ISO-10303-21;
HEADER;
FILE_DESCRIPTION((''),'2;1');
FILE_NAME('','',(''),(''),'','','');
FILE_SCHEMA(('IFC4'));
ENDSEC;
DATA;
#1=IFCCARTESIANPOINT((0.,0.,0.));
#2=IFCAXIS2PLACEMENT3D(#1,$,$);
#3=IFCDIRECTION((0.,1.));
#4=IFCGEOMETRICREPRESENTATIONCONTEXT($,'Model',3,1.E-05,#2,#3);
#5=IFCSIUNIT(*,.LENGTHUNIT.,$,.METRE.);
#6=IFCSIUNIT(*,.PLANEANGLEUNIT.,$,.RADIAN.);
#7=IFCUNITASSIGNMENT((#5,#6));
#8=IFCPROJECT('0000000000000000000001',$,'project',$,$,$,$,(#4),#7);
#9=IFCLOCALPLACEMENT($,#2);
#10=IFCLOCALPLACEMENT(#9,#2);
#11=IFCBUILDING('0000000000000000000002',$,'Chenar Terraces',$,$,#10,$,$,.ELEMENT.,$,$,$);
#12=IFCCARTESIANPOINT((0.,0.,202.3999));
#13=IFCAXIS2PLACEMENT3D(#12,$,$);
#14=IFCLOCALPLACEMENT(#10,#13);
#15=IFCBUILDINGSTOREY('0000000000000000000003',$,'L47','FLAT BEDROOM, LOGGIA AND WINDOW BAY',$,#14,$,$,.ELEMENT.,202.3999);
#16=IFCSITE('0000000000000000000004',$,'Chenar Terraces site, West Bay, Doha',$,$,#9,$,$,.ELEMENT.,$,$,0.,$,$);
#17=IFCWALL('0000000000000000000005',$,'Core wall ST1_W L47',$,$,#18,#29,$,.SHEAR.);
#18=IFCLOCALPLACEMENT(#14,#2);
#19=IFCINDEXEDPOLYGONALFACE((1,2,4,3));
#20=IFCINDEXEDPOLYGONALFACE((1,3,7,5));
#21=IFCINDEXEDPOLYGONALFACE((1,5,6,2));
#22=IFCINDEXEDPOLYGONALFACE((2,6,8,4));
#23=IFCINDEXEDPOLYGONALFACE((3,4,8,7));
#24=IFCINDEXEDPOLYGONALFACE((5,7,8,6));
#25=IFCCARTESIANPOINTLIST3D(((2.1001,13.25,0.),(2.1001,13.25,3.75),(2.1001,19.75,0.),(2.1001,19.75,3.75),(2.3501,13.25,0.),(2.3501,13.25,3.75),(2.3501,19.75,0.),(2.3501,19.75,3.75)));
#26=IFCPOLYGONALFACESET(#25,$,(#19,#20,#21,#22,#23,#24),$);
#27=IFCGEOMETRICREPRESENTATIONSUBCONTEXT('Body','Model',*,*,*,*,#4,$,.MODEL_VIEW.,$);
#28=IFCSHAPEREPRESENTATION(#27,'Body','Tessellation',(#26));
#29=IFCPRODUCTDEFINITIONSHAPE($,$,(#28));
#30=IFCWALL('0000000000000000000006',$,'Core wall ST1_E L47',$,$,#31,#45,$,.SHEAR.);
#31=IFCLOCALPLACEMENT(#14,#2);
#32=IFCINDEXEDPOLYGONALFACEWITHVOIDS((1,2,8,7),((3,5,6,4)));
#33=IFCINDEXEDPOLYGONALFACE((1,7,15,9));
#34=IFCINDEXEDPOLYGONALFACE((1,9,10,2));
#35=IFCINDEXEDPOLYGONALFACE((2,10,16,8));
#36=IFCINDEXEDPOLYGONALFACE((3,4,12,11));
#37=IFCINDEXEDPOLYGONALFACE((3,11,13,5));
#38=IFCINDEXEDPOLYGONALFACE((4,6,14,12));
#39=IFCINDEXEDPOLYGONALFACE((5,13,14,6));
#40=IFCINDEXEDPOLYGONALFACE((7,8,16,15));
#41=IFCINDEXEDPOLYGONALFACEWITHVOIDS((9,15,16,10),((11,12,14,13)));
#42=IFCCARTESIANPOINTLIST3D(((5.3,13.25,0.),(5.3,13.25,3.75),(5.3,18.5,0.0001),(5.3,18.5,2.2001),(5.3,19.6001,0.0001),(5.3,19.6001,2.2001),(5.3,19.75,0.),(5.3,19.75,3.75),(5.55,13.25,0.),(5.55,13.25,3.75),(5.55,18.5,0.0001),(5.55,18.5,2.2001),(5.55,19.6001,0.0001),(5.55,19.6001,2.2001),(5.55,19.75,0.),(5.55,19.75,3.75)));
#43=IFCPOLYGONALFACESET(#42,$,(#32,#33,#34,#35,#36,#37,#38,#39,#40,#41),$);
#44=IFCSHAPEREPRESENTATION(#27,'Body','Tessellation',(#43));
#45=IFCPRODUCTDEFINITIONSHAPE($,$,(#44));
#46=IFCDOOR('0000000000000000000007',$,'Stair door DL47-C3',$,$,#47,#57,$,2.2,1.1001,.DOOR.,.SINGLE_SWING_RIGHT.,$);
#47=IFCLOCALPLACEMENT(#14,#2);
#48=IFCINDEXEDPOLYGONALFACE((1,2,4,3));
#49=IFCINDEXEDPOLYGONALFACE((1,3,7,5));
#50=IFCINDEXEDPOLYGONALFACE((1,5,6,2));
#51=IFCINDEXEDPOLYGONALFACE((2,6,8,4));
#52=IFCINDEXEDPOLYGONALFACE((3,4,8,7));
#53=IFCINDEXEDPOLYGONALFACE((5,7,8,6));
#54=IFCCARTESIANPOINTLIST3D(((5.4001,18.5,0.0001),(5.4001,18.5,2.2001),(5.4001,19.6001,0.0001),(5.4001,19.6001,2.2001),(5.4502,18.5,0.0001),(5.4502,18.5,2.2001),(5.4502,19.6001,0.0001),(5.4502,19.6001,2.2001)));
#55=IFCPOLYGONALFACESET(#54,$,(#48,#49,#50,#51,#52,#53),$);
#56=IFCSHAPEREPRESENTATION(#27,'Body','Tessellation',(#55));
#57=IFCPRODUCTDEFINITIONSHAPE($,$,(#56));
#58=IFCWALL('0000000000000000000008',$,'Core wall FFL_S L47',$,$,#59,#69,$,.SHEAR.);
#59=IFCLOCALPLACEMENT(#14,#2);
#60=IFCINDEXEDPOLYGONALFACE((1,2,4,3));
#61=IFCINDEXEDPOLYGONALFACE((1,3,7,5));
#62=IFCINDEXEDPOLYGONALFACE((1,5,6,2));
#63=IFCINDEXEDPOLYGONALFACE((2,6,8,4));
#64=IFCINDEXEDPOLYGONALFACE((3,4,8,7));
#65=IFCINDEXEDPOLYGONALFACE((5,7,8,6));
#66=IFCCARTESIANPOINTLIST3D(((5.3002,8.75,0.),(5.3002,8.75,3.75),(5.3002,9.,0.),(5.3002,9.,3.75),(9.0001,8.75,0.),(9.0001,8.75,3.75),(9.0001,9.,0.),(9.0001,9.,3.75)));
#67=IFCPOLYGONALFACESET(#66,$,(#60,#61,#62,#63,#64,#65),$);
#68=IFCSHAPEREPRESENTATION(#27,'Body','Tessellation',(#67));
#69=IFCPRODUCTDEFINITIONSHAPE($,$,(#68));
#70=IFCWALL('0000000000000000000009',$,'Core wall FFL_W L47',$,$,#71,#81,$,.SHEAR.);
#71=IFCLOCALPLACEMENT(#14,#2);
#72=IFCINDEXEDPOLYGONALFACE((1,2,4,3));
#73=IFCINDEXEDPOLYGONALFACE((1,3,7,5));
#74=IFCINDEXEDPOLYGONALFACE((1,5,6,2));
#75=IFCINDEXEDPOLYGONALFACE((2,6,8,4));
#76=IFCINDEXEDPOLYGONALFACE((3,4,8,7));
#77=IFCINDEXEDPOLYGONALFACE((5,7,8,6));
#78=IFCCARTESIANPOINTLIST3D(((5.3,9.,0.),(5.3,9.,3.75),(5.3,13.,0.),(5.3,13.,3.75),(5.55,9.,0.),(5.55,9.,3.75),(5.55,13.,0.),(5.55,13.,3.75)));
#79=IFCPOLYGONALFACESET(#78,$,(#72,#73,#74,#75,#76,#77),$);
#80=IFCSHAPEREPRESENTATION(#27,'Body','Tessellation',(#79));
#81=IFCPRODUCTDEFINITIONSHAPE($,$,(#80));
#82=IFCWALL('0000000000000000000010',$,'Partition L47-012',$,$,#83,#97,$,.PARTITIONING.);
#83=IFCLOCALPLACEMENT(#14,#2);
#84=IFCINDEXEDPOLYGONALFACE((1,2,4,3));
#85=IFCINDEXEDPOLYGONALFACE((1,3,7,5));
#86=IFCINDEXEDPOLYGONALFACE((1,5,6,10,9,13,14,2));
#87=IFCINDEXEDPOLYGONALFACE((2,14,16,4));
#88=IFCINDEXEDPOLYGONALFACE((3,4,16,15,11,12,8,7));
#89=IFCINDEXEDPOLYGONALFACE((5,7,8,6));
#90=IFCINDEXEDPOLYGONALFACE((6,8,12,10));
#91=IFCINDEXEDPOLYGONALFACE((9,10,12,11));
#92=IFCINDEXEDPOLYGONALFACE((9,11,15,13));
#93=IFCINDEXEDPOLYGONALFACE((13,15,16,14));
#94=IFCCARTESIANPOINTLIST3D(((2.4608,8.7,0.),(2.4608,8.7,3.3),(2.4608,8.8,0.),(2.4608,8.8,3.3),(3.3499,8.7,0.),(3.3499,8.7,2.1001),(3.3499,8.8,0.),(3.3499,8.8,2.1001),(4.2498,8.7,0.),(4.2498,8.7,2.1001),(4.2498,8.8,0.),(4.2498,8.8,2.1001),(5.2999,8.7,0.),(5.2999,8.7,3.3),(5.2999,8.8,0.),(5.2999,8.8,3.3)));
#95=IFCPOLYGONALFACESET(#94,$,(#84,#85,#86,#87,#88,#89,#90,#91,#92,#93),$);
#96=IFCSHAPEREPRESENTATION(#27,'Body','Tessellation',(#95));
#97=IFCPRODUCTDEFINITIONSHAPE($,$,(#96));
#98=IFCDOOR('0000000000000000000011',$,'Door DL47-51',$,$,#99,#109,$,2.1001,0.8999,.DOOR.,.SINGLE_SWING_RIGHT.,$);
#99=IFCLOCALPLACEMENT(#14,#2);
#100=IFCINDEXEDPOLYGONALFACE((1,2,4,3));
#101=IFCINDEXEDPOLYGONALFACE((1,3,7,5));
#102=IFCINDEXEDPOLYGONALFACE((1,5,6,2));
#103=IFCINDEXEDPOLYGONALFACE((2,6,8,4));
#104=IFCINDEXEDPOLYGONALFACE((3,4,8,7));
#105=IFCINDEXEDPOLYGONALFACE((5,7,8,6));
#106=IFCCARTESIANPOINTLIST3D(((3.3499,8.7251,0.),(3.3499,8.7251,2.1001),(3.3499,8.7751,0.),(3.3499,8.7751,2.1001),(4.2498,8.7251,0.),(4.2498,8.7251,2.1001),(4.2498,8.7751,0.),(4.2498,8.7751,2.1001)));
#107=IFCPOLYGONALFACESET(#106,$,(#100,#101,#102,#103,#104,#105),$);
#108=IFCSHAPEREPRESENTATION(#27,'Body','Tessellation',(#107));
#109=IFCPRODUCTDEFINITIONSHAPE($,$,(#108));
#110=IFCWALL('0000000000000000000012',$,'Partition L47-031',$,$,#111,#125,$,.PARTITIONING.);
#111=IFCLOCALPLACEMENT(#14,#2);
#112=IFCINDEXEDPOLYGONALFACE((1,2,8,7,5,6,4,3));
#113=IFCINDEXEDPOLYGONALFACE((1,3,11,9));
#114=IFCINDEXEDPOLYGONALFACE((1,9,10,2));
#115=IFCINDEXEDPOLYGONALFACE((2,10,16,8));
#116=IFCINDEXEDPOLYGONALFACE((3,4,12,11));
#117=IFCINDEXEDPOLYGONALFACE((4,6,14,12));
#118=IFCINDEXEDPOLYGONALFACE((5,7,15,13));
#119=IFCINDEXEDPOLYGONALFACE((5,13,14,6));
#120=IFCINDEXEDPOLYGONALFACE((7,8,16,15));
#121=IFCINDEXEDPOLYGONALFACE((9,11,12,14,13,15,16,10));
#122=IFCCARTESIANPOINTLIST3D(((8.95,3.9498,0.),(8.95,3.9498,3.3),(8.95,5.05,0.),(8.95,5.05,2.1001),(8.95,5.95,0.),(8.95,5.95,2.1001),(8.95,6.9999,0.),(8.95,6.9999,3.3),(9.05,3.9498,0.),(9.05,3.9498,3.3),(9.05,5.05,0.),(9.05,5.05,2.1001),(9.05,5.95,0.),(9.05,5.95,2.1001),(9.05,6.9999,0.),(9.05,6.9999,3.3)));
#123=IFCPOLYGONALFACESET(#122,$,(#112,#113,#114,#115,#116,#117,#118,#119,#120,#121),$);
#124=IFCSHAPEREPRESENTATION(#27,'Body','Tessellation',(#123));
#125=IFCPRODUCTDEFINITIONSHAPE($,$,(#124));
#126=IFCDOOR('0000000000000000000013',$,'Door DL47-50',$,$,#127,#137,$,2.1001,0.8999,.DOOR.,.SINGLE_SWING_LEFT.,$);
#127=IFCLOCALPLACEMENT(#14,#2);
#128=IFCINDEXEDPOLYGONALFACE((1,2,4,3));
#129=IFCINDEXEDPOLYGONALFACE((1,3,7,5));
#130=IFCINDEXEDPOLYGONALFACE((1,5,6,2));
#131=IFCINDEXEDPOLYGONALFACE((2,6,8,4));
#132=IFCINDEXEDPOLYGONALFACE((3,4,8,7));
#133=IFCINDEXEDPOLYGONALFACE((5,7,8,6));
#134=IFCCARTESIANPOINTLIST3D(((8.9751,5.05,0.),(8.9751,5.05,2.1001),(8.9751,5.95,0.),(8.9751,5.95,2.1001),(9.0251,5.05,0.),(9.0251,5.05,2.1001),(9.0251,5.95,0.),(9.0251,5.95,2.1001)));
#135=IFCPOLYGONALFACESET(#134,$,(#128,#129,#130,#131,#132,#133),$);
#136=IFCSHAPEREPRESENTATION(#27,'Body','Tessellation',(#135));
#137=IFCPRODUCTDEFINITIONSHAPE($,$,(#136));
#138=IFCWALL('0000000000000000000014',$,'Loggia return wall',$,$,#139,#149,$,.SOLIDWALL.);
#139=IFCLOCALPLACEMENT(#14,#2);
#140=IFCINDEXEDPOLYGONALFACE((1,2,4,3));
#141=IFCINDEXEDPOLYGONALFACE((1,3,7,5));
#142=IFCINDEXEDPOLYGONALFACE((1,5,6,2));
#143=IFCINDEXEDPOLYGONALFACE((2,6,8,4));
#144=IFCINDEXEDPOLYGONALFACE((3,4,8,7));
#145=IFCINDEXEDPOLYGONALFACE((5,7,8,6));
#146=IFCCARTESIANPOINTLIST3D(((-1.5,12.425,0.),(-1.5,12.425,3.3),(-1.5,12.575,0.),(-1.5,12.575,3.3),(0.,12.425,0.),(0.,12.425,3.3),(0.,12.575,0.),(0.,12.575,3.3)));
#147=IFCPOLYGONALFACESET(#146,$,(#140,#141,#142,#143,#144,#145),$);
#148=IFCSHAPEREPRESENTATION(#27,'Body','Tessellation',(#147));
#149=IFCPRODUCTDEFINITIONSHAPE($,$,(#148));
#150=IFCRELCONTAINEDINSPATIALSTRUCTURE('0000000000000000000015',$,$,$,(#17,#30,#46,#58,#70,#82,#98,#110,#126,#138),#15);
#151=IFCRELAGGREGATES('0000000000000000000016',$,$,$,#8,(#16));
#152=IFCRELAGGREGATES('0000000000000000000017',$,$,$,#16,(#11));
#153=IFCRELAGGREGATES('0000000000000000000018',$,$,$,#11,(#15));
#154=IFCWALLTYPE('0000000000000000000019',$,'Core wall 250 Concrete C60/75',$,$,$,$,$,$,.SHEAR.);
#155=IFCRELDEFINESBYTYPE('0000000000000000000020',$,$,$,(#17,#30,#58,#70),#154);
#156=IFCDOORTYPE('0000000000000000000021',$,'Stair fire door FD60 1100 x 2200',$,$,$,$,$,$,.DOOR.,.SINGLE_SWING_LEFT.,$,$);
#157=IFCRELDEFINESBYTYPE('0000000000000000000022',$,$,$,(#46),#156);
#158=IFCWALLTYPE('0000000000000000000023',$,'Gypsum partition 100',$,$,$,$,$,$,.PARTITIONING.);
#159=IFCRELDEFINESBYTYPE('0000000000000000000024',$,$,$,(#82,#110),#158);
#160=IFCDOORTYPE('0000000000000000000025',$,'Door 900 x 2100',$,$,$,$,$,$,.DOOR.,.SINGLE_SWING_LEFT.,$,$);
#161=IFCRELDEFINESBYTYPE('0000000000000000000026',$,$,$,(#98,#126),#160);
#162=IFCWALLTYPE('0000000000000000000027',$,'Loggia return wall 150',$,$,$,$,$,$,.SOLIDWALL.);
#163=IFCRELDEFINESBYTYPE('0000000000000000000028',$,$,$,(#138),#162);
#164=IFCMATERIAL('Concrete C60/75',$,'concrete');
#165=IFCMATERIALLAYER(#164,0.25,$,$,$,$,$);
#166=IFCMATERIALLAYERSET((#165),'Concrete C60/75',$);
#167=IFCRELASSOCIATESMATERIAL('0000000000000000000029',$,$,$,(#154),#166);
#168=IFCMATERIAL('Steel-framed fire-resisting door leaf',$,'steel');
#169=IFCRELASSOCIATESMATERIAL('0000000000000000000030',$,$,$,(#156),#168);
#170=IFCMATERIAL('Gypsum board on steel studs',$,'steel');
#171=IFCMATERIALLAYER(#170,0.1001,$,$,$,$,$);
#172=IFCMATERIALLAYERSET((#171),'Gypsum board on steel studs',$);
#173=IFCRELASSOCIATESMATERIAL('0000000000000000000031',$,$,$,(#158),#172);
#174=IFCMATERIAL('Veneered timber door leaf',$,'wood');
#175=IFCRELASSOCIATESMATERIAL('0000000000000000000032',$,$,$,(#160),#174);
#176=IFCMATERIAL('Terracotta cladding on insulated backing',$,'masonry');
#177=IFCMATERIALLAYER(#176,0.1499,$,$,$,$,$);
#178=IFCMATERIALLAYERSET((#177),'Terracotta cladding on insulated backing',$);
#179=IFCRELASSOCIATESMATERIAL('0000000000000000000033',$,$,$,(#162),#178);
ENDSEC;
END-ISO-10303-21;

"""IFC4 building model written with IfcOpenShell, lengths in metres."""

from ifc_helpers import new_model, si_unit, direction, frame, frame_2d, origin, place, context, subcontext, project, spatial, rectangle, extrude, material, layer, layer_set, type_object, element, fill, save


model = new_model("IFC4")

# Units and contexts
model_context = context("Model", 3, precision=1e-05, world=origin(), true_north=direction((0.0, 1.0)))
body_context = subcontext(model_context, "Body", "Model", "MODEL_VIEW")
ifc_project = project(units=[si_unit("LENGTHUNIT", "METRE"), si_unit("PLANEANGLEUNIT", "RADIAN")], contexts=[model_context])

# Site, building, storey
site_placement = place(None, origin())
site = spatial("IfcSite", under=ifc_project, at=site_placement, Name="Chenar Terraces site, West Bay, Doha", CompositionType="ELEMENT", RefElevation=0.0)
building_placement = place(site_placement, origin())
building = spatial("IfcBuilding", under=site, at=building_placement, Name="Chenar Terraces", CompositionType="ELEMENT")
storey_placement = place(building_placement, frame((0.0, 0.0, 202.3999)))
storey = spatial("IfcBuildingStorey", under=building, at=storey_placement, Name="L47", Description="FLAT BEDROOM, LOGGIA AND WINDOW BAY", CompositionType="ELEMENT", Elevation=202.3999)

# Wall
ifc_material_1 = material(Name="Concrete C60/75", Category="concrete")
ifc_layer_1 = layer(ifc_material_1, 0.25)
ifc_layer_set_1 = layer_set([ifc_layer_1], Name="Concrete C60/75")
wall_type_1 = type_object("IfcWallType", Name="Core wall 250 Concrete C60/75", PredefinedType="SHEAR", material=ifc_layer_set_1)
wall_1_placement = place(storey_placement, frame((2.2251, 13.25, 0.0), z_axis=(0.0, 0.0, 1.0), x_axis=(0.0, 1.0, 0.0)))
element("IfcWall", 1, at=wall_1_placement, inside=storey, type_object=wall_type_1, Name="Core wall ST1_W L47", PredefinedType="SHEAR", context=body_context, shape_type="SweptSolid", body=[
    extrude(rectangle(XDim=6.5, YDim=0.25, at=frame_2d((3.25, 0.0))), origin(), (0.0, 0.0, 1.0), 3.75),
])

# Wall, opening, door
wall_2_placement = place(storey_placement, frame((5.425, 13.25, 0.0), z_axis=(0.0, 0.0, 1.0), x_axis=(0.0, 1.0, 0.0)))
wall_2 = element("IfcWall", 2, at=wall_2_placement, inside=storey, type_object=wall_type_1, Name="Core wall ST1_E L47", PredefinedType="SHEAR", context=body_context, shape_type="SweptSolid", body=[
    extrude(rectangle(XDim=6.5, YDim=0.25, at=frame_2d((3.25, 0.0))), origin(), (0.0, 0.0, 1.0), 3.75),
])
opening_1_placement = place(wall_2_placement, frame((5.25, 0.0, 0.0)))
opening_1 = element("IfcOpeningElement", 3, at=opening_1_placement, cuts=wall_2, PredefinedType="OPENING", context=body_context, shape_type="SweptSolid", body=[
    extrude(rectangle(XDim=1.1001, YDim=2.2, at=frame_2d((0.55, 1.1001))), frame((0.0, 0.135, 0.0), z_axis=(0.0, -1.0, 0.0), x_axis=(1.0, 0.0, 0.0)), (0.0, 0.0, 1.0), 0.27),
])
ifc_material_2 = material(Name="Steel-framed fire-resisting door leaf", Category="steel")
door_type_1 = type_object("IfcDoorType", Name="Stair fire door FD60 1100 x 2200", OperationType="SINGLE_SWING_LEFT", PredefinedType="DOOR", material=ifc_material_2)
door_1_placement = place(opening_1_placement, origin())
door_1 = element("IfcDoor", 4, at=door_1_placement, inside=storey, type_object=door_type_1, Name="Stair door DL47-C3", OperationType="SINGLE_SWING_RIGHT", OverallHeight=2.2, OverallWidth=1.1001, PredefinedType="DOOR", context=body_context, shape_type="SweptSolid", body=[
    extrude(rectangle(XDim=1.1001, YDim=2.2, at=frame_2d((0.55, 1.1001))), frame((0.0, 0.0249, 0.0), z_axis=(0.0, -1.0, 0.0), x_axis=(1.0, 0.0, 0.0)), (0.0, 0.0, 1.0), 0.05),
])
fill(opening_1, door_1)

# Walls
wall_3_placement = place(storey_placement, frame((5.3, 8.875, 0.0), z_axis=(0.0, 0.0, 1.0), x_axis=(1.0, 0.0, 0.0)))
element("IfcWall", 5, at=wall_3_placement, inside=storey, type_object=wall_type_1, Name="Core wall FFL_S L47", PredefinedType="SHEAR", context=body_context, shape_type="SweptSolid", body=[
    extrude(rectangle(XDim=3.7, YDim=0.25, at=frame_2d((1.8501, 0.0))), origin(), (0.0, 0.0, 1.0), 3.75),
])
wall_4_placement = place(storey_placement, frame((5.425, 9.0, 0.0), z_axis=(0.0, 0.0, 1.0), x_axis=(0.0, 1.0, 0.0)))
element("IfcWall", 6, at=wall_4_placement, inside=storey, type_object=wall_type_1, Name="Core wall FFL_W L47", PredefinedType="SHEAR", context=body_context, shape_type="SweptSolid", body=[
    extrude(rectangle(XDim=4.0, YDim=0.25, at=frame_2d((2.0, 0.0))), origin(), (0.0, 0.0, 1.0), 3.75),
])

# Walls, openings, doors
ifc_material_3 = material(Name="Gypsum board on steel studs", Category="steel")
ifc_layer_2 = layer(ifc_material_3, 0.1001)
ifc_layer_set_2 = layer_set([ifc_layer_2], Name="Gypsum board on steel studs")
wall_type_2 = type_object("IfcWallType", Name="Gypsum partition 100", PredefinedType="PARTITIONING", material=ifc_layer_set_2)
wall_5_placement = place(storey_placement, frame((2.4609, 8.75, 0.0), z_axis=(0.0, 0.0, 1.0), x_axis=(1.0, 0.0, 0.0)))
wall_5 = element("IfcWall", 7, at=wall_5_placement, inside=storey, type_object=wall_type_2, Name="Partition L47-012", PredefinedType="PARTITIONING", context=body_context, shape_type="SweptSolid", body=[
    extrude(rectangle(XDim=2.8391, YDim=0.1001, at=frame_2d((1.4194, 0.0))), origin(), (0.0, 0.0, 1.0), 3.3),
])
opening_2_placement = place(wall_5_placement, frame((0.8889, 0.0, 0.0)))
opening_2 = element("IfcOpeningElement", 8, at=opening_2_placement, cuts=wall_5, PredefinedType="OPENING", context=body_context, shape_type="SweptSolid", body=[
    extrude(rectangle(XDim=0.8999, YDim=2.1001, at=frame_2d((0.45, 1.05))), frame((0.0, 0.0601, 0.0), z_axis=(0.0, -1.0, 0.0), x_axis=(1.0, 0.0, 0.0)), (0.0, 0.0, 1.0), 0.1201),
])
ifc_material_4 = material(Name="Veneered timber door leaf", Category="wood")
door_type_2 = type_object("IfcDoorType", Name="Door 900 x 2100", OperationType="SINGLE_SWING_LEFT", PredefinedType="DOOR", material=ifc_material_4)
door_2_placement = place(opening_2_placement, frame((0.8999, 0.0, 0.0), z_axis=(0.0, 0.0, 1.0), x_axis=(-1.0, 0.0, 0.0)))
door_2 = element("IfcDoor", 9, at=door_2_placement, inside=storey, type_object=door_type_2, Name="Door DL47-51", OperationType="SINGLE_SWING_RIGHT", OverallHeight=2.1001, OverallWidth=0.8999, PredefinedType="DOOR", context=body_context, shape_type="SweptSolid", body=[
    extrude(rectangle(XDim=0.8999, YDim=2.1001, at=frame_2d((0.45, 1.05))), frame((0.0, 0.0249, 0.0), z_axis=(0.0, -1.0, 0.0), x_axis=(1.0, 0.0, 0.0)), (0.0, 0.0, 1.0), 0.05),
])
fill(opening_2, door_2)
wall_6_placement = place(storey_placement, frame((9.0, 3.95, 0.0), z_axis=(0.0, 0.0, 1.0), x_axis=(0.0, 1.0, 0.0)))
wall_6 = element("IfcWall", 10, at=wall_6_placement, inside=storey, type_object=wall_type_2, Name="Partition L47-031", PredefinedType="PARTITIONING", context=body_context, shape_type="SweptSolid", body=[
    extrude(rectangle(XDim=3.05, YDim=0.1001, at=frame_2d((1.5249, 0.0))), origin(), (0.0, 0.0, 1.0), 3.3),
])
opening_3_placement = place(wall_6_placement, frame((1.1001, 0.0, 0.0)))
opening_3 = element("IfcOpeningElement", 11, at=opening_3_placement, cuts=wall_6, PredefinedType="OPENING", context=body_context, shape_type="SweptSolid", body=[
    extrude(rectangle(XDim=0.8999, YDim=2.1001, at=frame_2d((0.45, 1.05))), frame((0.0, 0.0601, 0.0), z_axis=(0.0, -1.0, 0.0), x_axis=(1.0, 0.0, 0.0)), (0.0, 0.0, 1.0), 0.1201),
])
door_3_placement = place(opening_3_placement, origin())
door_3 = element("IfcDoor", 12, at=door_3_placement, inside=storey, type_object=door_type_2, Name="Door DL47-50", OperationType="SINGLE_SWING_LEFT", OverallHeight=2.1001, OverallWidth=0.8999, PredefinedType="DOOR", context=body_context, shape_type="SweptSolid", body=[
    extrude(rectangle(XDim=0.8999, YDim=2.1001, at=frame_2d((0.45, 1.05))), frame((0.0, 0.0249, 0.0), z_axis=(0.0, -1.0, 0.0), x_axis=(1.0, 0.0, 0.0)), (0.0, 0.0, 1.0), 0.05),
])
fill(opening_3, door_3)

# Wall
ifc_material_5 = material(Name="Terracotta cladding on insulated backing", Category="masonry")
ifc_layer_3 = layer(ifc_material_5, 0.1499)
ifc_layer_set_3 = layer_set([ifc_layer_3], Name="Terracotta cladding on insulated backing")
wall_type_3 = type_object("IfcWallType", Name="Loggia return wall 150", PredefinedType="SOLIDWALL", material=ifc_layer_set_3)
wall_7_placement = place(storey_placement, frame((-1.5, 12.5, 0.0), z_axis=(0.0, 0.0, 1.0), x_axis=(1.0, 0.0, 0.0)))
element("IfcWall", 13, at=wall_7_placement, inside=storey, type_object=wall_type_3, Name="Loggia return wall", PredefinedType="SOLIDWALL", context=body_context, shape_type="SweptSolid", body=[
    extrude(rectangle(XDim=1.5, YDim=0.1499, at=frame_2d((0.75, 0.0))), origin(), (0.0, 0.0, 1.0), 3.3),
])

save(model, "model.ifc")
